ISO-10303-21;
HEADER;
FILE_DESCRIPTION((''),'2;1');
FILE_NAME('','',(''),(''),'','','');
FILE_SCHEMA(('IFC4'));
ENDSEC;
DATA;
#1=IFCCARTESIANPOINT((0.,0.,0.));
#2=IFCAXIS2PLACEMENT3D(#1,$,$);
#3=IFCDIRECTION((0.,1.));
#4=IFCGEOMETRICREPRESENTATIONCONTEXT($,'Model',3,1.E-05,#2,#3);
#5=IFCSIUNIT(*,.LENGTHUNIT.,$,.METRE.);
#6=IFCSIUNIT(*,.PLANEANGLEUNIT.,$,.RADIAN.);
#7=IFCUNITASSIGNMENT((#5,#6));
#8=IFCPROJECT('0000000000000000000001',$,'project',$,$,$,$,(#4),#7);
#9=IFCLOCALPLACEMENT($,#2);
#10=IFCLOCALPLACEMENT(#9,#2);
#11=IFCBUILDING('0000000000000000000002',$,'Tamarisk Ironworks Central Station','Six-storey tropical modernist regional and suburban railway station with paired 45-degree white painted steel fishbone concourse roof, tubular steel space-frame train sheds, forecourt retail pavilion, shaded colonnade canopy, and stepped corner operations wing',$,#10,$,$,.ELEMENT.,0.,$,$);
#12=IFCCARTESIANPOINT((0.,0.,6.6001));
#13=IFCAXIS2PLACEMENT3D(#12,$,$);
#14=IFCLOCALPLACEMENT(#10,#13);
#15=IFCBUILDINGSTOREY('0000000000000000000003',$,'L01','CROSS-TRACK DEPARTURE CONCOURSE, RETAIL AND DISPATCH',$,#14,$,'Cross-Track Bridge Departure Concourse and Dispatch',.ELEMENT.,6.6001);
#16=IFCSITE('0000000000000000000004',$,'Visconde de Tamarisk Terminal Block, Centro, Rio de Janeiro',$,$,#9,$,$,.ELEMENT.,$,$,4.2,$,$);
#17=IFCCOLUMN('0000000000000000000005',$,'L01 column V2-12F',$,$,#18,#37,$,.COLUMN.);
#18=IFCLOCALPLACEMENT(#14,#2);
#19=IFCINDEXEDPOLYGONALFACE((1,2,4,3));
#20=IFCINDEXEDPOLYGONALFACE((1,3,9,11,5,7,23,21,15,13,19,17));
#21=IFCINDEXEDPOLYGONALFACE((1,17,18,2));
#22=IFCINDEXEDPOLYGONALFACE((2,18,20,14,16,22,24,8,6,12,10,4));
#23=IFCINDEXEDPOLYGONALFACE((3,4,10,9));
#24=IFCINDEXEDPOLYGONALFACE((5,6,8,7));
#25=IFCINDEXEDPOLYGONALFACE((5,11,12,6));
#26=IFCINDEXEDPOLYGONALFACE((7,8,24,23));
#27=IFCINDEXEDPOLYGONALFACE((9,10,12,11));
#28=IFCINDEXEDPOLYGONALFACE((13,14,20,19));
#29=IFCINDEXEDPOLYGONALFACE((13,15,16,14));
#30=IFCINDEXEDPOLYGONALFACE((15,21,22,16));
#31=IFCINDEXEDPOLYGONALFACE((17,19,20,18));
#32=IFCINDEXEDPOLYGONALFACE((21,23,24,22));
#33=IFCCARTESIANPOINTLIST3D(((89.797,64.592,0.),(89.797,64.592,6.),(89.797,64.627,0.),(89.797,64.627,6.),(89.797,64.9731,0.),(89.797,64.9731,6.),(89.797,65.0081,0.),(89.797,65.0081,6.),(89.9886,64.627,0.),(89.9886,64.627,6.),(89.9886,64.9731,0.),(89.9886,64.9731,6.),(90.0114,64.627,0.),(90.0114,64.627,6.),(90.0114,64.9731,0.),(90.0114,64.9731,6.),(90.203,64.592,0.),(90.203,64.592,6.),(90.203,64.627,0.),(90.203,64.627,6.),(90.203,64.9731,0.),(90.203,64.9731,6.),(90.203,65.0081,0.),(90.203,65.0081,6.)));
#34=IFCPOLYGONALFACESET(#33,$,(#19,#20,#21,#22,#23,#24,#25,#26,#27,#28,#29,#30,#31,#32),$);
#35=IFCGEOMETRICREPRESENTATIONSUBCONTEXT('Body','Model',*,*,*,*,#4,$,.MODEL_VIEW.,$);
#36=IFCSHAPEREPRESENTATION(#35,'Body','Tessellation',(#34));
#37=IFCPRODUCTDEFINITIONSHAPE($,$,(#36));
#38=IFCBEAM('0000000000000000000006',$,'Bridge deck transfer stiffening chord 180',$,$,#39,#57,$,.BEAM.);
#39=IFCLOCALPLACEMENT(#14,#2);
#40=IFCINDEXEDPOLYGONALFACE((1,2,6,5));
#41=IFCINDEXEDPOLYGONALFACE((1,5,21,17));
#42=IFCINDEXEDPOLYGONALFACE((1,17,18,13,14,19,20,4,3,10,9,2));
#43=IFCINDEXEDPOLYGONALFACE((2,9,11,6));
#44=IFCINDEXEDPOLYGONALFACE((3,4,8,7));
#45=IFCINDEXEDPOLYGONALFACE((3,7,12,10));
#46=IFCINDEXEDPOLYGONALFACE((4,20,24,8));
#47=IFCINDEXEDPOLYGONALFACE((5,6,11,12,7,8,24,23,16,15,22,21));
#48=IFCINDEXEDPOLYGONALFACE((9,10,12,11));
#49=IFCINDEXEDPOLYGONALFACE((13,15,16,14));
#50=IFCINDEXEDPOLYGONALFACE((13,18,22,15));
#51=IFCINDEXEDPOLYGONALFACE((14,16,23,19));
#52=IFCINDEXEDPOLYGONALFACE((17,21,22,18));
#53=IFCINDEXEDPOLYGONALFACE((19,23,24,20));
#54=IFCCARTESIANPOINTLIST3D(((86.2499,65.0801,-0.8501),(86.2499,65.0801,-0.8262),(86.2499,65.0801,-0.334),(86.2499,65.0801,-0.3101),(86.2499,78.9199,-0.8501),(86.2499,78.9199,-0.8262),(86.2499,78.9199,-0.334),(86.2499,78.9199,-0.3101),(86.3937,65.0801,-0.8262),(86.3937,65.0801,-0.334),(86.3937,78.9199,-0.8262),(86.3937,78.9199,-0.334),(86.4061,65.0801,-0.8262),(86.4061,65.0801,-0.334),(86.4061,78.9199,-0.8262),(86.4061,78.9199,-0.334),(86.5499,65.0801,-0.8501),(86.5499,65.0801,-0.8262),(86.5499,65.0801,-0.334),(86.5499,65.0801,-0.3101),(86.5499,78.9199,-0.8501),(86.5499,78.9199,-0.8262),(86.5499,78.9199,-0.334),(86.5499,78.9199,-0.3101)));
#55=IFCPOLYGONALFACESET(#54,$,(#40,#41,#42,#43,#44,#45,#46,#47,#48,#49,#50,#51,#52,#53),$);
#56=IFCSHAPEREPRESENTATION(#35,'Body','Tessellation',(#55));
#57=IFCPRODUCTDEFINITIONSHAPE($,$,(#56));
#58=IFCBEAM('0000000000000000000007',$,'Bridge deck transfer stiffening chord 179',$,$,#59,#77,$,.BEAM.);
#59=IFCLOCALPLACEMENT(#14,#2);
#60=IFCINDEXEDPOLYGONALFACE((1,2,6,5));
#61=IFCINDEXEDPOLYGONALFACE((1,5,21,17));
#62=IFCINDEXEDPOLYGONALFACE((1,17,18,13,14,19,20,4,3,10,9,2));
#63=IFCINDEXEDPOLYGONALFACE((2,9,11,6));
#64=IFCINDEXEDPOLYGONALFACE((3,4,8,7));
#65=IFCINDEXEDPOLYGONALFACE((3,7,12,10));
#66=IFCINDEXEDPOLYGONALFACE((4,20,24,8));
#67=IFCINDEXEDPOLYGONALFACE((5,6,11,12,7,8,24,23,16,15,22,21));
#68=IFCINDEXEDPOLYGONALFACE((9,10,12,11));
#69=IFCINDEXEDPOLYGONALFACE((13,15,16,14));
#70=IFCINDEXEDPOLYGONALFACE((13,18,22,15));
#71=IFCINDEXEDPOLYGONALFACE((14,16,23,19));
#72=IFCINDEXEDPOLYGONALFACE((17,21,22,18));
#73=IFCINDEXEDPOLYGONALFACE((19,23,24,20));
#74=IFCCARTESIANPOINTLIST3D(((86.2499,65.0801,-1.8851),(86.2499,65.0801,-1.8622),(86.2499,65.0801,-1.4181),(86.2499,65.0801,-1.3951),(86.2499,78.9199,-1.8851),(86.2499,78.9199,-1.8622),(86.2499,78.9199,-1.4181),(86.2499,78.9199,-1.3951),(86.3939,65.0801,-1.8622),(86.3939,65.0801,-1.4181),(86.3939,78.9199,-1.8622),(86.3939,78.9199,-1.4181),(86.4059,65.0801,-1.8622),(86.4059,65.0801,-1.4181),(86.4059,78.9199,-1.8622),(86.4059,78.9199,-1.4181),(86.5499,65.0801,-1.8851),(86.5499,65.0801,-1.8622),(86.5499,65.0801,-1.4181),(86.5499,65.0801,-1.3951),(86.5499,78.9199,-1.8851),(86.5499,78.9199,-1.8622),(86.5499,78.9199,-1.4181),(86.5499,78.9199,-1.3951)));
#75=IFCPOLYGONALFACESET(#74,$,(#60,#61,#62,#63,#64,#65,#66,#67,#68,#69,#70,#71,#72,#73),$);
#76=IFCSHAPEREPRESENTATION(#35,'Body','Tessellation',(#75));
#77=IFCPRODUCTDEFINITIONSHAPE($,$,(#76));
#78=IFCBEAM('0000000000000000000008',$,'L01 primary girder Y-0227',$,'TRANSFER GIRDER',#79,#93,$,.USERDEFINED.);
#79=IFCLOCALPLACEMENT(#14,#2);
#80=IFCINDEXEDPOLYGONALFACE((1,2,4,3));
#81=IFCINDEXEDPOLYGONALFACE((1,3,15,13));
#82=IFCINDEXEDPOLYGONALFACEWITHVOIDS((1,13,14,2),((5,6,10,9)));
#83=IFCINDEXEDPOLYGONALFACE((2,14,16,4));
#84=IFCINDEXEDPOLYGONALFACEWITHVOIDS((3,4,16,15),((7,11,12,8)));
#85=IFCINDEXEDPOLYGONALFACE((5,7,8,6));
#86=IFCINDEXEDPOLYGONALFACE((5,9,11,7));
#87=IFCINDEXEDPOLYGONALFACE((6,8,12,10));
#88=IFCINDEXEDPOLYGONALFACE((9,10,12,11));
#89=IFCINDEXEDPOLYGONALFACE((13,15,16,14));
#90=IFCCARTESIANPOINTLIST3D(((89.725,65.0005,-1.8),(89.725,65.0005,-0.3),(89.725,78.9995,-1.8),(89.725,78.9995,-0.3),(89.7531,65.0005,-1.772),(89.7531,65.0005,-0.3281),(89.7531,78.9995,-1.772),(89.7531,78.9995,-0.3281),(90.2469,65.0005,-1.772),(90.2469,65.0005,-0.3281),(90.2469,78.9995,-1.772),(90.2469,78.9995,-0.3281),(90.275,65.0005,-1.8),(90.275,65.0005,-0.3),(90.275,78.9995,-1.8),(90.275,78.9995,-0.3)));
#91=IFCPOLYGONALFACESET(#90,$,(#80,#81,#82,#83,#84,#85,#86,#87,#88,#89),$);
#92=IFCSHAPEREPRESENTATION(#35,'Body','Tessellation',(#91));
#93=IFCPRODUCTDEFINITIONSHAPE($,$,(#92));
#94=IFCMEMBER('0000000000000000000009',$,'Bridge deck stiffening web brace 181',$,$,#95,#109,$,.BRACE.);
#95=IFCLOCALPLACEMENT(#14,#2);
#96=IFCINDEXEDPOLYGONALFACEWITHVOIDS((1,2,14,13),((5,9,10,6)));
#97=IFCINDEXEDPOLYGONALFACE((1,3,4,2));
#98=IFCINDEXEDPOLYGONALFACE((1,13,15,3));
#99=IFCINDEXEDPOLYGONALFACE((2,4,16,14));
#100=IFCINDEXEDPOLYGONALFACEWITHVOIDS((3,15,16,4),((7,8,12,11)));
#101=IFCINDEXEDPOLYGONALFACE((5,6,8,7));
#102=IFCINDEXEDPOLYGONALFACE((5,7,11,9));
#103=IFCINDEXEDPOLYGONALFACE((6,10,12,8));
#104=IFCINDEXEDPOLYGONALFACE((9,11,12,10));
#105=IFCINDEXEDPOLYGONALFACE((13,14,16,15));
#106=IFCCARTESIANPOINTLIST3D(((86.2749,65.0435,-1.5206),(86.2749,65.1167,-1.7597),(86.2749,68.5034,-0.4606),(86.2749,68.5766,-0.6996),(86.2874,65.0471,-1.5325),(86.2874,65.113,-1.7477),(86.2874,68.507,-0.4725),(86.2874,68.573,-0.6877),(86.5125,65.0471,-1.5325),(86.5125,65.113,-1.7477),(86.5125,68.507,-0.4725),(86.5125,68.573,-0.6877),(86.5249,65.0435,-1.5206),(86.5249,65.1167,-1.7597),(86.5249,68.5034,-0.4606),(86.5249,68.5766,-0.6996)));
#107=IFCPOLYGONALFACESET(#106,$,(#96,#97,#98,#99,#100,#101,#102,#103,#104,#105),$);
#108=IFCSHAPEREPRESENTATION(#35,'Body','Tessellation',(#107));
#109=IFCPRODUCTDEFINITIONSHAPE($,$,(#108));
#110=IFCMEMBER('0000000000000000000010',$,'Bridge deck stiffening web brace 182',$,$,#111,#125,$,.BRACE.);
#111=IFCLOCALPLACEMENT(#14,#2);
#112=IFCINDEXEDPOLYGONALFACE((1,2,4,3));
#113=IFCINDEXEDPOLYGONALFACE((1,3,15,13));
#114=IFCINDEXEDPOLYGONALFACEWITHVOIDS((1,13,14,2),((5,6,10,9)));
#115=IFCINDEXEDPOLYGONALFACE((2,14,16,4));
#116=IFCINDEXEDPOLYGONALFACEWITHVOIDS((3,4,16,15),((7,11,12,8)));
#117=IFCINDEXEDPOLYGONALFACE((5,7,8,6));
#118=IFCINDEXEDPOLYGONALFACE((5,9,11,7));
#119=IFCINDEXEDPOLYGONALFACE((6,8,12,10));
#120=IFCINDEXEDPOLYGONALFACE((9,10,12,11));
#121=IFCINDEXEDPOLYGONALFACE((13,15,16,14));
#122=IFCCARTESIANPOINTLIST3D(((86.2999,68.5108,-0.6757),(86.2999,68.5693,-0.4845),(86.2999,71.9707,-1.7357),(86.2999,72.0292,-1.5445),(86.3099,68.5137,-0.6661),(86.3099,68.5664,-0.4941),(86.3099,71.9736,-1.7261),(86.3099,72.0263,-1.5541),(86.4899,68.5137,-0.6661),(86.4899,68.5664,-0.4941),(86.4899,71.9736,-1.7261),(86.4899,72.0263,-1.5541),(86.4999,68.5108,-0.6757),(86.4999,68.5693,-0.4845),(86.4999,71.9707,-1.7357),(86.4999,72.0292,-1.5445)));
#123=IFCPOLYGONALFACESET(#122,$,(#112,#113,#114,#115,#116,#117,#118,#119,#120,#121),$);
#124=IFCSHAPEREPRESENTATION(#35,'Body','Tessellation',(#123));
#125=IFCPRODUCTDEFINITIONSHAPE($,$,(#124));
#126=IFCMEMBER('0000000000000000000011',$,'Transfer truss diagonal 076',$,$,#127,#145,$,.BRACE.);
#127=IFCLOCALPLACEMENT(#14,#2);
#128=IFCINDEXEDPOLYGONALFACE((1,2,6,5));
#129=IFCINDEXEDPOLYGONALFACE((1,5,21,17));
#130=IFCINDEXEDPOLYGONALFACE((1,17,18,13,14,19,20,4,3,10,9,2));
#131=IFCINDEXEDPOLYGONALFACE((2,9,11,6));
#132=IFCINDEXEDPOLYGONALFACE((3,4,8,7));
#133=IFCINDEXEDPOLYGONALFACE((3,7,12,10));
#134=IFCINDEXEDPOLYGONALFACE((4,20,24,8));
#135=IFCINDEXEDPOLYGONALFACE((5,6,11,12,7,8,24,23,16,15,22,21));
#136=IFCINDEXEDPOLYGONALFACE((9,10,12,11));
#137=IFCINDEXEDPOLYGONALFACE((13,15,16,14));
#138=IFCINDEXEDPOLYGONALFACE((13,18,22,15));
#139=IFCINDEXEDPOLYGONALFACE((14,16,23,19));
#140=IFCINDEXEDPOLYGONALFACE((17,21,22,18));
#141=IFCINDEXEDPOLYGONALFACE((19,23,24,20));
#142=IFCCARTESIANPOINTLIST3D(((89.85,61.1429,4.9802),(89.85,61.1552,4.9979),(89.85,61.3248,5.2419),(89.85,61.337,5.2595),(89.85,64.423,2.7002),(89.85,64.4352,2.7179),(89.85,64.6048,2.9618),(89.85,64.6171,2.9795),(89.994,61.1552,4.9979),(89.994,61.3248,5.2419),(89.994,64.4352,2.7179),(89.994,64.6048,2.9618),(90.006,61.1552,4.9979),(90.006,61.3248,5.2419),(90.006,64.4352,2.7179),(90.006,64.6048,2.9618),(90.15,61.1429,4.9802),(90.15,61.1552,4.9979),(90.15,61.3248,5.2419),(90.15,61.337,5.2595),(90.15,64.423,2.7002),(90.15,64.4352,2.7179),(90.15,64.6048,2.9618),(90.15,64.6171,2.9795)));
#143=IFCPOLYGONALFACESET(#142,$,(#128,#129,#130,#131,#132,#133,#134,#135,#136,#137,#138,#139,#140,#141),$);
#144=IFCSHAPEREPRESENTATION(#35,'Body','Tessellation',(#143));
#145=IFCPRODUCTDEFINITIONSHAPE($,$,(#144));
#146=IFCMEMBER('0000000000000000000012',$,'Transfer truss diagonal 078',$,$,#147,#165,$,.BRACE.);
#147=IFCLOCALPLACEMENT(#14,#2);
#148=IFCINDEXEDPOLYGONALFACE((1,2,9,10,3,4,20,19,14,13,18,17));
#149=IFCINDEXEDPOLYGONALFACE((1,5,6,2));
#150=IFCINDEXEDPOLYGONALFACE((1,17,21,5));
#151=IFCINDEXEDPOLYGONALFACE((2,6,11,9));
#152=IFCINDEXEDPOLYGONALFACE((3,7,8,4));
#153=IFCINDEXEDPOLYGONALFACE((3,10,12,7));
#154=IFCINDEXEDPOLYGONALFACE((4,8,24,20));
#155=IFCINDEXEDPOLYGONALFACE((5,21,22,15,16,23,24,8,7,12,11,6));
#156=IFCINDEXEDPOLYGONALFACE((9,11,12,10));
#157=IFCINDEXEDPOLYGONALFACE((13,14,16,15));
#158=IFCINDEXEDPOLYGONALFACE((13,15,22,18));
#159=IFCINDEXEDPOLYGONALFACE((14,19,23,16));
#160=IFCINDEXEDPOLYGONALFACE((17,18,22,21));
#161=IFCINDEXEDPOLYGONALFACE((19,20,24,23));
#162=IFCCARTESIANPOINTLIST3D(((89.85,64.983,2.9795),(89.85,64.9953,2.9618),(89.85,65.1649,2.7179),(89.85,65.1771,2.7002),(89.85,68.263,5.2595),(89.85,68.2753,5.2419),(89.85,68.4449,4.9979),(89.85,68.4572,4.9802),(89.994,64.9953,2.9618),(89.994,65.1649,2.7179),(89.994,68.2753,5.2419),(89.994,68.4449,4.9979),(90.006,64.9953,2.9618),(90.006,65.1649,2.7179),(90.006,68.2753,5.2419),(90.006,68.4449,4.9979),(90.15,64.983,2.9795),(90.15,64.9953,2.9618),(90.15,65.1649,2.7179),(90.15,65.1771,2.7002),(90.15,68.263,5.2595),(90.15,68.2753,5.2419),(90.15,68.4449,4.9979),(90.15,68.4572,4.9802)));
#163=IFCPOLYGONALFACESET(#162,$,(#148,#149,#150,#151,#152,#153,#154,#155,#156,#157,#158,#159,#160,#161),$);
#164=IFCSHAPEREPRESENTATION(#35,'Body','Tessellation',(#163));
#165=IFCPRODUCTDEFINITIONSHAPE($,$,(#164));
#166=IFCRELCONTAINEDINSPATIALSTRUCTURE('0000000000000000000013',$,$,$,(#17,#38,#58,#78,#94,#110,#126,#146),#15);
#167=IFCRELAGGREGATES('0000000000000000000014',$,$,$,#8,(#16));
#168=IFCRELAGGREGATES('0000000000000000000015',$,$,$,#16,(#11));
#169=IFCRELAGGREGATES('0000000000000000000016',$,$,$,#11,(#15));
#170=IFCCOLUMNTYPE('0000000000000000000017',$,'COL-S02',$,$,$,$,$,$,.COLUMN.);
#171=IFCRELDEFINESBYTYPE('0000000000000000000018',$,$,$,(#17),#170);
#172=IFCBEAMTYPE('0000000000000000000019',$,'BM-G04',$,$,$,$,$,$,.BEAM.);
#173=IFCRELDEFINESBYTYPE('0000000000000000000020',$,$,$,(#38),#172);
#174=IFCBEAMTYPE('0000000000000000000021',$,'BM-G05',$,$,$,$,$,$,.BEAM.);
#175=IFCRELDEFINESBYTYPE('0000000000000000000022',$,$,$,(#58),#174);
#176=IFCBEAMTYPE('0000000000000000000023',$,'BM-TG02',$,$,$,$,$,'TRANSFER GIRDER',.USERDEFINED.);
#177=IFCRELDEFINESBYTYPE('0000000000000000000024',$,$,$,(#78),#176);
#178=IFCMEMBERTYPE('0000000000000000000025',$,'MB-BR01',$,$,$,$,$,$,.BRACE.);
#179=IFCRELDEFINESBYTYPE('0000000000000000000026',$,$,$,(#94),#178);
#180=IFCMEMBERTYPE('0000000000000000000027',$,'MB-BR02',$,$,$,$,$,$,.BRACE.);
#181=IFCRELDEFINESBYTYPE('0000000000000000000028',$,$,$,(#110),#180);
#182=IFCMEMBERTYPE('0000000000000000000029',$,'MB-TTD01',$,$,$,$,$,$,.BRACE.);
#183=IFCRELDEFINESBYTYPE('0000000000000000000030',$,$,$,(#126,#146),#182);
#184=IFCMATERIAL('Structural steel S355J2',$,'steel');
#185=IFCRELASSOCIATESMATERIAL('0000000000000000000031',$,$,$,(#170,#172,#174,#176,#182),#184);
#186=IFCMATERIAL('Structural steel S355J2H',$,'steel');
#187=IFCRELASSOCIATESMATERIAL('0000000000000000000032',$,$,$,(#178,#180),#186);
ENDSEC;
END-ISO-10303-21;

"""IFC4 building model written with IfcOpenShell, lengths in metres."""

from ifc_helpers import new_model, si_unit, direction, frame, origin, origin_2d, place, context, subcontext, project, spatial, hollow_rectangle, i_section, extrude, material, material_profile, profile_set, type_object, element, save


model = new_model("IFC4")

# Units and contexts
model_context = context("Model", 3, precision=1e-05, world=origin(), true_north=direction((0.0, 1.0)))
body_context = subcontext(model_context, "Body", "Model", "MODEL_VIEW")
ifc_project = project(units=[si_unit("LENGTHUNIT", "METRE"), si_unit("PLANEANGLEUNIT", "RADIAN")], contexts=[model_context])

# Site, building, storey
site_placement = place(None, origin())
site = spatial("IfcSite", under=ifc_project, at=site_placement, Name="Visconde de Tamarisk Terminal Block, Centro, Rio de Janeiro", CompositionType="ELEMENT", RefElevation=4.2)
building_placement = place(site_placement, origin())
building = spatial("IfcBuilding", under=site, at=building_placement, Name="Tamarisk Ironworks Central Station", Description="Six-storey tropical modernist regional and suburban railway station with paired 45-degree white painted steel fishbone concourse roof, tubular steel space-frame train sheds, forecourt retail pavilion, shaded colonnade canopy, and stepped corner operations wing", CompositionType="ELEMENT", ElevationOfRefHeight=0.0)
storey_placement = place(building_placement, frame((0.0, 0.0, 6.6001)))
storey = spatial("IfcBuildingStorey", under=building, at=storey_placement, Name="L01", Description="CROSS-TRACK DEPARTURE CONCOURSE, RETAIL AND DISPATCH", LongName="Cross-Track Bridge Departure Concourse and Dispatch", CompositionType="ELEMENT", Elevation=6.6001)

# Column
ifc_material_1 = material(Name="Structural steel S355J2", Category="steel")
ifc_material_profile_1 = material_profile(ifc_material_1, i_section(OverallWidth=0.406, OverallDepth=0.416, WebThickness=0.0227, FlangeThickness=0.0349, at=origin_2d()), Name="HD 400x382")
ifc_profile_set_1 = profile_set([ifc_material_profile_1], Name="Structural steel S355J2")
column_type = type_object("IfcColumnType", Name="COL-S02", PredefinedType="COLUMN", material=ifc_profile_set_1)
column_placement = place(storey_placement, frame((90.0, 64.8, 0.0), z_axis=(0.0, 0.0, 1.0), x_axis=(1.0, 0.0, 0.0)))
element("IfcColumn", 1, at=column_placement, inside=storey, type_object=column_type, Name="L01 column V2-12F", PredefinedType="COLUMN", context=body_context, shape_type="SweptSolid", body=[
    extrude(i_section(OverallWidth=0.406, OverallDepth=0.416, WebThickness=0.0227, FlangeThickness=0.0349, at=origin_2d()), origin(), (0.0, 0.0, 1.0), 6.0),
])

# Beams
ifc_material_profile_2 = material_profile(ifc_material_1, i_section(OverallWidth=0.3, OverallDepth=0.54, WebThickness=0.0125, FlangeThickness=0.0239, at=origin_2d()), Name="HEA 550")
ifc_profile_set_2 = profile_set([ifc_material_profile_2], Name="Structural steel S355J2")
beam_type_1 = type_object("IfcBeamType", Name="BM-G04", PredefinedType="BEAM", material=ifc_profile_set_2)
beam_1_placement = place(storey_placement, frame((86.3999, 65.0801, -0.5801), z_axis=(0.0, 1.0, 0.0), x_axis=(-1.0, 0.0, 0.0)))
element("IfcBeam", 2, at=beam_1_placement, inside=storey, type_object=beam_type_1, Name="Bridge deck transfer stiffening chord 180", PredefinedType="BEAM", context=body_context, shape_type="SweptSolid", body=[
    extrude(i_section(OverallWidth=0.3, OverallDepth=0.54, WebThickness=0.0125, FlangeThickness=0.0239, at=origin_2d()), origin(), (0.0, 0.0, 1.0), 13.8398),
])
ifc_material_profile_3 = material_profile(ifc_material_1, i_section(OverallWidth=0.3, OverallDepth=0.49, WebThickness=0.012, FlangeThickness=0.0229, at=origin_2d()), Name="HEA 500")
ifc_profile_set_3 = profile_set([ifc_material_profile_3], Name="Structural steel S355J2")
beam_type_2 = type_object("IfcBeamType", Name="BM-G05", PredefinedType="BEAM", material=ifc_profile_set_3)
beam_2_placement = place(storey_placement, frame((86.3999, 65.0801, -1.6401), z_axis=(0.0, 1.0, 0.0), x_axis=(-1.0, 0.0, 0.0)))
element("IfcBeam", 3, at=beam_2_placement, inside=storey, type_object=beam_type_2, Name="Bridge deck transfer stiffening chord 179", PredefinedType="BEAM", context=body_context, shape_type="SweptSolid", body=[
    extrude(i_section(OverallWidth=0.3, OverallDepth=0.49, WebThickness=0.012, FlangeThickness=0.0229, at=origin_2d()), origin(), (0.0, 0.0, 1.0), 13.8398),
])
ifc_material_profile_4 = material_profile(ifc_material_1, hollow_rectangle(XDim=0.55, YDim=1.5, WallThickness=0.0281, at=origin_2d()), Name="BOX 550x1500x28")
ifc_profile_set_4 = profile_set([ifc_material_profile_4], Name="Structural steel S355J2")
beam_type_3 = type_object("IfcBeamType", Name="BM-TG02", ElementType="TRANSFER GIRDER", PredefinedType="USERDEFINED", material=ifc_profile_set_4)
beam_3_placement = place(storey_placement, frame((90.0, 65.0005, -1.05), z_axis=(0.0, 1.0, 0.0), x_axis=(-1.0, 0.0, 0.0)))
element("IfcBeam", 4, at=beam_3_placement, inside=storey, type_object=beam_type_3, Name="L01 primary girder Y-0227", ObjectType="TRANSFER GIRDER", PredefinedType="USERDEFINED", context=body_context, shape_type="SweptSolid", body=[
    extrude(hollow_rectangle(XDim=0.55, YDim=1.5, WallThickness=0.0281, at=origin_2d()), origin(), (0.0, 0.0, 1.0), 13.999),
])

# Members
ifc_material_2 = material(Name="Structural steel S355J2H", Category="steel")
ifc_material_profile_5 = material_profile(ifc_material_2, hollow_rectangle(XDim=0.25, YDim=0.25, WallThickness=0.0125, at=origin_2d()), Name="SHS 250x250x12.5")
ifc_profile_set_5 = profile_set([ifc_material_profile_5], Name="Structural steel S355J2H")
member_type_1 = type_object("IfcMemberType", Name="MB-BR01", PredefinedType="BRACE", material=ifc_profile_set_5)
member_1_placement = place(storey_placement, frame((86.3999, 65.0801, -1.6401), z_axis=(0.0, 0.956131, 0.292938), x_axis=(-1.0, 0.0, 0.0)))
element("IfcMember", 5, at=member_1_placement, inside=storey, type_object=member_type_1, Name="Bridge deck stiffening web brace 181", PredefinedType="BRACE", context=body_context, shape_type="SweptSolid", body=[
    extrude(hollow_rectangle(XDim=0.25, YDim=0.25, WallThickness=0.0125, at=origin_2d()), origin(), (0.0, 0.0, 1.0), 3.6187),
])
ifc_material_profile_6 = material_profile(ifc_material_2, hollow_rectangle(XDim=0.2, YDim=0.2, WallThickness=0.01, at=origin_2d()), Name="SHS 200x200x10")
ifc_profile_set_6 = profile_set([ifc_material_profile_6], Name="Structural steel S355J2H")
member_type_2 = type_object("IfcMemberType", Name="MB-BR02", PredefinedType="BRACE", material=ifc_profile_set_6)
member_2_placement = place(storey_placement, frame((86.3999, 68.54, -0.5801), z_axis=(0.0, 0.956131, -0.292938), x_axis=(-1.0, 0.0, 0.0)))
element("IfcMember", 6, at=member_2_placement, inside=storey, type_object=member_type_2, Name="Bridge deck stiffening web brace 182", PredefinedType="BRACE", context=body_context, shape_type="SweptSolid", body=[
    extrude(hollow_rectangle(XDim=0.2, YDim=0.2, WallThickness=0.01, at=origin_2d()), origin(), (0.0, 0.0, 1.0), 3.6187),
])
ifc_material_profile_7 = material_profile(ifc_material_1, i_section(OverallWidth=0.3, OverallDepth=0.3401, WebThickness=0.012, FlangeThickness=0.0215, at=origin_2d()), Name="HEB 340")
ifc_profile_set_7 = profile_set([ifc_material_profile_7], Name="Structural steel S355J2")
member_type_3 = type_object("IfcMemberType", Name="MB-TTD01", PredefinedType="BRACE", material=ifc_profile_set_7)
for number, where, z_axis, x_axis, name in (
    (7, (90.0, 61.24, 5.1199), (0.0, 0.821108, -0.570773), (-1.0, 0.0, 0.0), "Transfer truss diagonal 076"),
    (8, (90.0, 65.0801, 2.8398), (0.0, 0.821108, 0.570773), (-1.0, 0.0, 0.0), "Transfer truss diagonal 078"),
):
    element("IfcMember", number, at=place(storey_placement, frame(where, z_axis=z_axis, x_axis=x_axis)), inside=storey, type_object=member_type_3, Name=name, PredefinedType="BRACE", context=body_context, shape_type="SweptSolid", body=[
        extrude(i_section(OverallWidth=0.3, OverallDepth=0.3401, WebThickness=0.012, FlangeThickness=0.0215, at=origin_2d()), origin(), (0.0, 0.0, 1.0), 3.9946),
    ])

save(model, "model.ifc")
